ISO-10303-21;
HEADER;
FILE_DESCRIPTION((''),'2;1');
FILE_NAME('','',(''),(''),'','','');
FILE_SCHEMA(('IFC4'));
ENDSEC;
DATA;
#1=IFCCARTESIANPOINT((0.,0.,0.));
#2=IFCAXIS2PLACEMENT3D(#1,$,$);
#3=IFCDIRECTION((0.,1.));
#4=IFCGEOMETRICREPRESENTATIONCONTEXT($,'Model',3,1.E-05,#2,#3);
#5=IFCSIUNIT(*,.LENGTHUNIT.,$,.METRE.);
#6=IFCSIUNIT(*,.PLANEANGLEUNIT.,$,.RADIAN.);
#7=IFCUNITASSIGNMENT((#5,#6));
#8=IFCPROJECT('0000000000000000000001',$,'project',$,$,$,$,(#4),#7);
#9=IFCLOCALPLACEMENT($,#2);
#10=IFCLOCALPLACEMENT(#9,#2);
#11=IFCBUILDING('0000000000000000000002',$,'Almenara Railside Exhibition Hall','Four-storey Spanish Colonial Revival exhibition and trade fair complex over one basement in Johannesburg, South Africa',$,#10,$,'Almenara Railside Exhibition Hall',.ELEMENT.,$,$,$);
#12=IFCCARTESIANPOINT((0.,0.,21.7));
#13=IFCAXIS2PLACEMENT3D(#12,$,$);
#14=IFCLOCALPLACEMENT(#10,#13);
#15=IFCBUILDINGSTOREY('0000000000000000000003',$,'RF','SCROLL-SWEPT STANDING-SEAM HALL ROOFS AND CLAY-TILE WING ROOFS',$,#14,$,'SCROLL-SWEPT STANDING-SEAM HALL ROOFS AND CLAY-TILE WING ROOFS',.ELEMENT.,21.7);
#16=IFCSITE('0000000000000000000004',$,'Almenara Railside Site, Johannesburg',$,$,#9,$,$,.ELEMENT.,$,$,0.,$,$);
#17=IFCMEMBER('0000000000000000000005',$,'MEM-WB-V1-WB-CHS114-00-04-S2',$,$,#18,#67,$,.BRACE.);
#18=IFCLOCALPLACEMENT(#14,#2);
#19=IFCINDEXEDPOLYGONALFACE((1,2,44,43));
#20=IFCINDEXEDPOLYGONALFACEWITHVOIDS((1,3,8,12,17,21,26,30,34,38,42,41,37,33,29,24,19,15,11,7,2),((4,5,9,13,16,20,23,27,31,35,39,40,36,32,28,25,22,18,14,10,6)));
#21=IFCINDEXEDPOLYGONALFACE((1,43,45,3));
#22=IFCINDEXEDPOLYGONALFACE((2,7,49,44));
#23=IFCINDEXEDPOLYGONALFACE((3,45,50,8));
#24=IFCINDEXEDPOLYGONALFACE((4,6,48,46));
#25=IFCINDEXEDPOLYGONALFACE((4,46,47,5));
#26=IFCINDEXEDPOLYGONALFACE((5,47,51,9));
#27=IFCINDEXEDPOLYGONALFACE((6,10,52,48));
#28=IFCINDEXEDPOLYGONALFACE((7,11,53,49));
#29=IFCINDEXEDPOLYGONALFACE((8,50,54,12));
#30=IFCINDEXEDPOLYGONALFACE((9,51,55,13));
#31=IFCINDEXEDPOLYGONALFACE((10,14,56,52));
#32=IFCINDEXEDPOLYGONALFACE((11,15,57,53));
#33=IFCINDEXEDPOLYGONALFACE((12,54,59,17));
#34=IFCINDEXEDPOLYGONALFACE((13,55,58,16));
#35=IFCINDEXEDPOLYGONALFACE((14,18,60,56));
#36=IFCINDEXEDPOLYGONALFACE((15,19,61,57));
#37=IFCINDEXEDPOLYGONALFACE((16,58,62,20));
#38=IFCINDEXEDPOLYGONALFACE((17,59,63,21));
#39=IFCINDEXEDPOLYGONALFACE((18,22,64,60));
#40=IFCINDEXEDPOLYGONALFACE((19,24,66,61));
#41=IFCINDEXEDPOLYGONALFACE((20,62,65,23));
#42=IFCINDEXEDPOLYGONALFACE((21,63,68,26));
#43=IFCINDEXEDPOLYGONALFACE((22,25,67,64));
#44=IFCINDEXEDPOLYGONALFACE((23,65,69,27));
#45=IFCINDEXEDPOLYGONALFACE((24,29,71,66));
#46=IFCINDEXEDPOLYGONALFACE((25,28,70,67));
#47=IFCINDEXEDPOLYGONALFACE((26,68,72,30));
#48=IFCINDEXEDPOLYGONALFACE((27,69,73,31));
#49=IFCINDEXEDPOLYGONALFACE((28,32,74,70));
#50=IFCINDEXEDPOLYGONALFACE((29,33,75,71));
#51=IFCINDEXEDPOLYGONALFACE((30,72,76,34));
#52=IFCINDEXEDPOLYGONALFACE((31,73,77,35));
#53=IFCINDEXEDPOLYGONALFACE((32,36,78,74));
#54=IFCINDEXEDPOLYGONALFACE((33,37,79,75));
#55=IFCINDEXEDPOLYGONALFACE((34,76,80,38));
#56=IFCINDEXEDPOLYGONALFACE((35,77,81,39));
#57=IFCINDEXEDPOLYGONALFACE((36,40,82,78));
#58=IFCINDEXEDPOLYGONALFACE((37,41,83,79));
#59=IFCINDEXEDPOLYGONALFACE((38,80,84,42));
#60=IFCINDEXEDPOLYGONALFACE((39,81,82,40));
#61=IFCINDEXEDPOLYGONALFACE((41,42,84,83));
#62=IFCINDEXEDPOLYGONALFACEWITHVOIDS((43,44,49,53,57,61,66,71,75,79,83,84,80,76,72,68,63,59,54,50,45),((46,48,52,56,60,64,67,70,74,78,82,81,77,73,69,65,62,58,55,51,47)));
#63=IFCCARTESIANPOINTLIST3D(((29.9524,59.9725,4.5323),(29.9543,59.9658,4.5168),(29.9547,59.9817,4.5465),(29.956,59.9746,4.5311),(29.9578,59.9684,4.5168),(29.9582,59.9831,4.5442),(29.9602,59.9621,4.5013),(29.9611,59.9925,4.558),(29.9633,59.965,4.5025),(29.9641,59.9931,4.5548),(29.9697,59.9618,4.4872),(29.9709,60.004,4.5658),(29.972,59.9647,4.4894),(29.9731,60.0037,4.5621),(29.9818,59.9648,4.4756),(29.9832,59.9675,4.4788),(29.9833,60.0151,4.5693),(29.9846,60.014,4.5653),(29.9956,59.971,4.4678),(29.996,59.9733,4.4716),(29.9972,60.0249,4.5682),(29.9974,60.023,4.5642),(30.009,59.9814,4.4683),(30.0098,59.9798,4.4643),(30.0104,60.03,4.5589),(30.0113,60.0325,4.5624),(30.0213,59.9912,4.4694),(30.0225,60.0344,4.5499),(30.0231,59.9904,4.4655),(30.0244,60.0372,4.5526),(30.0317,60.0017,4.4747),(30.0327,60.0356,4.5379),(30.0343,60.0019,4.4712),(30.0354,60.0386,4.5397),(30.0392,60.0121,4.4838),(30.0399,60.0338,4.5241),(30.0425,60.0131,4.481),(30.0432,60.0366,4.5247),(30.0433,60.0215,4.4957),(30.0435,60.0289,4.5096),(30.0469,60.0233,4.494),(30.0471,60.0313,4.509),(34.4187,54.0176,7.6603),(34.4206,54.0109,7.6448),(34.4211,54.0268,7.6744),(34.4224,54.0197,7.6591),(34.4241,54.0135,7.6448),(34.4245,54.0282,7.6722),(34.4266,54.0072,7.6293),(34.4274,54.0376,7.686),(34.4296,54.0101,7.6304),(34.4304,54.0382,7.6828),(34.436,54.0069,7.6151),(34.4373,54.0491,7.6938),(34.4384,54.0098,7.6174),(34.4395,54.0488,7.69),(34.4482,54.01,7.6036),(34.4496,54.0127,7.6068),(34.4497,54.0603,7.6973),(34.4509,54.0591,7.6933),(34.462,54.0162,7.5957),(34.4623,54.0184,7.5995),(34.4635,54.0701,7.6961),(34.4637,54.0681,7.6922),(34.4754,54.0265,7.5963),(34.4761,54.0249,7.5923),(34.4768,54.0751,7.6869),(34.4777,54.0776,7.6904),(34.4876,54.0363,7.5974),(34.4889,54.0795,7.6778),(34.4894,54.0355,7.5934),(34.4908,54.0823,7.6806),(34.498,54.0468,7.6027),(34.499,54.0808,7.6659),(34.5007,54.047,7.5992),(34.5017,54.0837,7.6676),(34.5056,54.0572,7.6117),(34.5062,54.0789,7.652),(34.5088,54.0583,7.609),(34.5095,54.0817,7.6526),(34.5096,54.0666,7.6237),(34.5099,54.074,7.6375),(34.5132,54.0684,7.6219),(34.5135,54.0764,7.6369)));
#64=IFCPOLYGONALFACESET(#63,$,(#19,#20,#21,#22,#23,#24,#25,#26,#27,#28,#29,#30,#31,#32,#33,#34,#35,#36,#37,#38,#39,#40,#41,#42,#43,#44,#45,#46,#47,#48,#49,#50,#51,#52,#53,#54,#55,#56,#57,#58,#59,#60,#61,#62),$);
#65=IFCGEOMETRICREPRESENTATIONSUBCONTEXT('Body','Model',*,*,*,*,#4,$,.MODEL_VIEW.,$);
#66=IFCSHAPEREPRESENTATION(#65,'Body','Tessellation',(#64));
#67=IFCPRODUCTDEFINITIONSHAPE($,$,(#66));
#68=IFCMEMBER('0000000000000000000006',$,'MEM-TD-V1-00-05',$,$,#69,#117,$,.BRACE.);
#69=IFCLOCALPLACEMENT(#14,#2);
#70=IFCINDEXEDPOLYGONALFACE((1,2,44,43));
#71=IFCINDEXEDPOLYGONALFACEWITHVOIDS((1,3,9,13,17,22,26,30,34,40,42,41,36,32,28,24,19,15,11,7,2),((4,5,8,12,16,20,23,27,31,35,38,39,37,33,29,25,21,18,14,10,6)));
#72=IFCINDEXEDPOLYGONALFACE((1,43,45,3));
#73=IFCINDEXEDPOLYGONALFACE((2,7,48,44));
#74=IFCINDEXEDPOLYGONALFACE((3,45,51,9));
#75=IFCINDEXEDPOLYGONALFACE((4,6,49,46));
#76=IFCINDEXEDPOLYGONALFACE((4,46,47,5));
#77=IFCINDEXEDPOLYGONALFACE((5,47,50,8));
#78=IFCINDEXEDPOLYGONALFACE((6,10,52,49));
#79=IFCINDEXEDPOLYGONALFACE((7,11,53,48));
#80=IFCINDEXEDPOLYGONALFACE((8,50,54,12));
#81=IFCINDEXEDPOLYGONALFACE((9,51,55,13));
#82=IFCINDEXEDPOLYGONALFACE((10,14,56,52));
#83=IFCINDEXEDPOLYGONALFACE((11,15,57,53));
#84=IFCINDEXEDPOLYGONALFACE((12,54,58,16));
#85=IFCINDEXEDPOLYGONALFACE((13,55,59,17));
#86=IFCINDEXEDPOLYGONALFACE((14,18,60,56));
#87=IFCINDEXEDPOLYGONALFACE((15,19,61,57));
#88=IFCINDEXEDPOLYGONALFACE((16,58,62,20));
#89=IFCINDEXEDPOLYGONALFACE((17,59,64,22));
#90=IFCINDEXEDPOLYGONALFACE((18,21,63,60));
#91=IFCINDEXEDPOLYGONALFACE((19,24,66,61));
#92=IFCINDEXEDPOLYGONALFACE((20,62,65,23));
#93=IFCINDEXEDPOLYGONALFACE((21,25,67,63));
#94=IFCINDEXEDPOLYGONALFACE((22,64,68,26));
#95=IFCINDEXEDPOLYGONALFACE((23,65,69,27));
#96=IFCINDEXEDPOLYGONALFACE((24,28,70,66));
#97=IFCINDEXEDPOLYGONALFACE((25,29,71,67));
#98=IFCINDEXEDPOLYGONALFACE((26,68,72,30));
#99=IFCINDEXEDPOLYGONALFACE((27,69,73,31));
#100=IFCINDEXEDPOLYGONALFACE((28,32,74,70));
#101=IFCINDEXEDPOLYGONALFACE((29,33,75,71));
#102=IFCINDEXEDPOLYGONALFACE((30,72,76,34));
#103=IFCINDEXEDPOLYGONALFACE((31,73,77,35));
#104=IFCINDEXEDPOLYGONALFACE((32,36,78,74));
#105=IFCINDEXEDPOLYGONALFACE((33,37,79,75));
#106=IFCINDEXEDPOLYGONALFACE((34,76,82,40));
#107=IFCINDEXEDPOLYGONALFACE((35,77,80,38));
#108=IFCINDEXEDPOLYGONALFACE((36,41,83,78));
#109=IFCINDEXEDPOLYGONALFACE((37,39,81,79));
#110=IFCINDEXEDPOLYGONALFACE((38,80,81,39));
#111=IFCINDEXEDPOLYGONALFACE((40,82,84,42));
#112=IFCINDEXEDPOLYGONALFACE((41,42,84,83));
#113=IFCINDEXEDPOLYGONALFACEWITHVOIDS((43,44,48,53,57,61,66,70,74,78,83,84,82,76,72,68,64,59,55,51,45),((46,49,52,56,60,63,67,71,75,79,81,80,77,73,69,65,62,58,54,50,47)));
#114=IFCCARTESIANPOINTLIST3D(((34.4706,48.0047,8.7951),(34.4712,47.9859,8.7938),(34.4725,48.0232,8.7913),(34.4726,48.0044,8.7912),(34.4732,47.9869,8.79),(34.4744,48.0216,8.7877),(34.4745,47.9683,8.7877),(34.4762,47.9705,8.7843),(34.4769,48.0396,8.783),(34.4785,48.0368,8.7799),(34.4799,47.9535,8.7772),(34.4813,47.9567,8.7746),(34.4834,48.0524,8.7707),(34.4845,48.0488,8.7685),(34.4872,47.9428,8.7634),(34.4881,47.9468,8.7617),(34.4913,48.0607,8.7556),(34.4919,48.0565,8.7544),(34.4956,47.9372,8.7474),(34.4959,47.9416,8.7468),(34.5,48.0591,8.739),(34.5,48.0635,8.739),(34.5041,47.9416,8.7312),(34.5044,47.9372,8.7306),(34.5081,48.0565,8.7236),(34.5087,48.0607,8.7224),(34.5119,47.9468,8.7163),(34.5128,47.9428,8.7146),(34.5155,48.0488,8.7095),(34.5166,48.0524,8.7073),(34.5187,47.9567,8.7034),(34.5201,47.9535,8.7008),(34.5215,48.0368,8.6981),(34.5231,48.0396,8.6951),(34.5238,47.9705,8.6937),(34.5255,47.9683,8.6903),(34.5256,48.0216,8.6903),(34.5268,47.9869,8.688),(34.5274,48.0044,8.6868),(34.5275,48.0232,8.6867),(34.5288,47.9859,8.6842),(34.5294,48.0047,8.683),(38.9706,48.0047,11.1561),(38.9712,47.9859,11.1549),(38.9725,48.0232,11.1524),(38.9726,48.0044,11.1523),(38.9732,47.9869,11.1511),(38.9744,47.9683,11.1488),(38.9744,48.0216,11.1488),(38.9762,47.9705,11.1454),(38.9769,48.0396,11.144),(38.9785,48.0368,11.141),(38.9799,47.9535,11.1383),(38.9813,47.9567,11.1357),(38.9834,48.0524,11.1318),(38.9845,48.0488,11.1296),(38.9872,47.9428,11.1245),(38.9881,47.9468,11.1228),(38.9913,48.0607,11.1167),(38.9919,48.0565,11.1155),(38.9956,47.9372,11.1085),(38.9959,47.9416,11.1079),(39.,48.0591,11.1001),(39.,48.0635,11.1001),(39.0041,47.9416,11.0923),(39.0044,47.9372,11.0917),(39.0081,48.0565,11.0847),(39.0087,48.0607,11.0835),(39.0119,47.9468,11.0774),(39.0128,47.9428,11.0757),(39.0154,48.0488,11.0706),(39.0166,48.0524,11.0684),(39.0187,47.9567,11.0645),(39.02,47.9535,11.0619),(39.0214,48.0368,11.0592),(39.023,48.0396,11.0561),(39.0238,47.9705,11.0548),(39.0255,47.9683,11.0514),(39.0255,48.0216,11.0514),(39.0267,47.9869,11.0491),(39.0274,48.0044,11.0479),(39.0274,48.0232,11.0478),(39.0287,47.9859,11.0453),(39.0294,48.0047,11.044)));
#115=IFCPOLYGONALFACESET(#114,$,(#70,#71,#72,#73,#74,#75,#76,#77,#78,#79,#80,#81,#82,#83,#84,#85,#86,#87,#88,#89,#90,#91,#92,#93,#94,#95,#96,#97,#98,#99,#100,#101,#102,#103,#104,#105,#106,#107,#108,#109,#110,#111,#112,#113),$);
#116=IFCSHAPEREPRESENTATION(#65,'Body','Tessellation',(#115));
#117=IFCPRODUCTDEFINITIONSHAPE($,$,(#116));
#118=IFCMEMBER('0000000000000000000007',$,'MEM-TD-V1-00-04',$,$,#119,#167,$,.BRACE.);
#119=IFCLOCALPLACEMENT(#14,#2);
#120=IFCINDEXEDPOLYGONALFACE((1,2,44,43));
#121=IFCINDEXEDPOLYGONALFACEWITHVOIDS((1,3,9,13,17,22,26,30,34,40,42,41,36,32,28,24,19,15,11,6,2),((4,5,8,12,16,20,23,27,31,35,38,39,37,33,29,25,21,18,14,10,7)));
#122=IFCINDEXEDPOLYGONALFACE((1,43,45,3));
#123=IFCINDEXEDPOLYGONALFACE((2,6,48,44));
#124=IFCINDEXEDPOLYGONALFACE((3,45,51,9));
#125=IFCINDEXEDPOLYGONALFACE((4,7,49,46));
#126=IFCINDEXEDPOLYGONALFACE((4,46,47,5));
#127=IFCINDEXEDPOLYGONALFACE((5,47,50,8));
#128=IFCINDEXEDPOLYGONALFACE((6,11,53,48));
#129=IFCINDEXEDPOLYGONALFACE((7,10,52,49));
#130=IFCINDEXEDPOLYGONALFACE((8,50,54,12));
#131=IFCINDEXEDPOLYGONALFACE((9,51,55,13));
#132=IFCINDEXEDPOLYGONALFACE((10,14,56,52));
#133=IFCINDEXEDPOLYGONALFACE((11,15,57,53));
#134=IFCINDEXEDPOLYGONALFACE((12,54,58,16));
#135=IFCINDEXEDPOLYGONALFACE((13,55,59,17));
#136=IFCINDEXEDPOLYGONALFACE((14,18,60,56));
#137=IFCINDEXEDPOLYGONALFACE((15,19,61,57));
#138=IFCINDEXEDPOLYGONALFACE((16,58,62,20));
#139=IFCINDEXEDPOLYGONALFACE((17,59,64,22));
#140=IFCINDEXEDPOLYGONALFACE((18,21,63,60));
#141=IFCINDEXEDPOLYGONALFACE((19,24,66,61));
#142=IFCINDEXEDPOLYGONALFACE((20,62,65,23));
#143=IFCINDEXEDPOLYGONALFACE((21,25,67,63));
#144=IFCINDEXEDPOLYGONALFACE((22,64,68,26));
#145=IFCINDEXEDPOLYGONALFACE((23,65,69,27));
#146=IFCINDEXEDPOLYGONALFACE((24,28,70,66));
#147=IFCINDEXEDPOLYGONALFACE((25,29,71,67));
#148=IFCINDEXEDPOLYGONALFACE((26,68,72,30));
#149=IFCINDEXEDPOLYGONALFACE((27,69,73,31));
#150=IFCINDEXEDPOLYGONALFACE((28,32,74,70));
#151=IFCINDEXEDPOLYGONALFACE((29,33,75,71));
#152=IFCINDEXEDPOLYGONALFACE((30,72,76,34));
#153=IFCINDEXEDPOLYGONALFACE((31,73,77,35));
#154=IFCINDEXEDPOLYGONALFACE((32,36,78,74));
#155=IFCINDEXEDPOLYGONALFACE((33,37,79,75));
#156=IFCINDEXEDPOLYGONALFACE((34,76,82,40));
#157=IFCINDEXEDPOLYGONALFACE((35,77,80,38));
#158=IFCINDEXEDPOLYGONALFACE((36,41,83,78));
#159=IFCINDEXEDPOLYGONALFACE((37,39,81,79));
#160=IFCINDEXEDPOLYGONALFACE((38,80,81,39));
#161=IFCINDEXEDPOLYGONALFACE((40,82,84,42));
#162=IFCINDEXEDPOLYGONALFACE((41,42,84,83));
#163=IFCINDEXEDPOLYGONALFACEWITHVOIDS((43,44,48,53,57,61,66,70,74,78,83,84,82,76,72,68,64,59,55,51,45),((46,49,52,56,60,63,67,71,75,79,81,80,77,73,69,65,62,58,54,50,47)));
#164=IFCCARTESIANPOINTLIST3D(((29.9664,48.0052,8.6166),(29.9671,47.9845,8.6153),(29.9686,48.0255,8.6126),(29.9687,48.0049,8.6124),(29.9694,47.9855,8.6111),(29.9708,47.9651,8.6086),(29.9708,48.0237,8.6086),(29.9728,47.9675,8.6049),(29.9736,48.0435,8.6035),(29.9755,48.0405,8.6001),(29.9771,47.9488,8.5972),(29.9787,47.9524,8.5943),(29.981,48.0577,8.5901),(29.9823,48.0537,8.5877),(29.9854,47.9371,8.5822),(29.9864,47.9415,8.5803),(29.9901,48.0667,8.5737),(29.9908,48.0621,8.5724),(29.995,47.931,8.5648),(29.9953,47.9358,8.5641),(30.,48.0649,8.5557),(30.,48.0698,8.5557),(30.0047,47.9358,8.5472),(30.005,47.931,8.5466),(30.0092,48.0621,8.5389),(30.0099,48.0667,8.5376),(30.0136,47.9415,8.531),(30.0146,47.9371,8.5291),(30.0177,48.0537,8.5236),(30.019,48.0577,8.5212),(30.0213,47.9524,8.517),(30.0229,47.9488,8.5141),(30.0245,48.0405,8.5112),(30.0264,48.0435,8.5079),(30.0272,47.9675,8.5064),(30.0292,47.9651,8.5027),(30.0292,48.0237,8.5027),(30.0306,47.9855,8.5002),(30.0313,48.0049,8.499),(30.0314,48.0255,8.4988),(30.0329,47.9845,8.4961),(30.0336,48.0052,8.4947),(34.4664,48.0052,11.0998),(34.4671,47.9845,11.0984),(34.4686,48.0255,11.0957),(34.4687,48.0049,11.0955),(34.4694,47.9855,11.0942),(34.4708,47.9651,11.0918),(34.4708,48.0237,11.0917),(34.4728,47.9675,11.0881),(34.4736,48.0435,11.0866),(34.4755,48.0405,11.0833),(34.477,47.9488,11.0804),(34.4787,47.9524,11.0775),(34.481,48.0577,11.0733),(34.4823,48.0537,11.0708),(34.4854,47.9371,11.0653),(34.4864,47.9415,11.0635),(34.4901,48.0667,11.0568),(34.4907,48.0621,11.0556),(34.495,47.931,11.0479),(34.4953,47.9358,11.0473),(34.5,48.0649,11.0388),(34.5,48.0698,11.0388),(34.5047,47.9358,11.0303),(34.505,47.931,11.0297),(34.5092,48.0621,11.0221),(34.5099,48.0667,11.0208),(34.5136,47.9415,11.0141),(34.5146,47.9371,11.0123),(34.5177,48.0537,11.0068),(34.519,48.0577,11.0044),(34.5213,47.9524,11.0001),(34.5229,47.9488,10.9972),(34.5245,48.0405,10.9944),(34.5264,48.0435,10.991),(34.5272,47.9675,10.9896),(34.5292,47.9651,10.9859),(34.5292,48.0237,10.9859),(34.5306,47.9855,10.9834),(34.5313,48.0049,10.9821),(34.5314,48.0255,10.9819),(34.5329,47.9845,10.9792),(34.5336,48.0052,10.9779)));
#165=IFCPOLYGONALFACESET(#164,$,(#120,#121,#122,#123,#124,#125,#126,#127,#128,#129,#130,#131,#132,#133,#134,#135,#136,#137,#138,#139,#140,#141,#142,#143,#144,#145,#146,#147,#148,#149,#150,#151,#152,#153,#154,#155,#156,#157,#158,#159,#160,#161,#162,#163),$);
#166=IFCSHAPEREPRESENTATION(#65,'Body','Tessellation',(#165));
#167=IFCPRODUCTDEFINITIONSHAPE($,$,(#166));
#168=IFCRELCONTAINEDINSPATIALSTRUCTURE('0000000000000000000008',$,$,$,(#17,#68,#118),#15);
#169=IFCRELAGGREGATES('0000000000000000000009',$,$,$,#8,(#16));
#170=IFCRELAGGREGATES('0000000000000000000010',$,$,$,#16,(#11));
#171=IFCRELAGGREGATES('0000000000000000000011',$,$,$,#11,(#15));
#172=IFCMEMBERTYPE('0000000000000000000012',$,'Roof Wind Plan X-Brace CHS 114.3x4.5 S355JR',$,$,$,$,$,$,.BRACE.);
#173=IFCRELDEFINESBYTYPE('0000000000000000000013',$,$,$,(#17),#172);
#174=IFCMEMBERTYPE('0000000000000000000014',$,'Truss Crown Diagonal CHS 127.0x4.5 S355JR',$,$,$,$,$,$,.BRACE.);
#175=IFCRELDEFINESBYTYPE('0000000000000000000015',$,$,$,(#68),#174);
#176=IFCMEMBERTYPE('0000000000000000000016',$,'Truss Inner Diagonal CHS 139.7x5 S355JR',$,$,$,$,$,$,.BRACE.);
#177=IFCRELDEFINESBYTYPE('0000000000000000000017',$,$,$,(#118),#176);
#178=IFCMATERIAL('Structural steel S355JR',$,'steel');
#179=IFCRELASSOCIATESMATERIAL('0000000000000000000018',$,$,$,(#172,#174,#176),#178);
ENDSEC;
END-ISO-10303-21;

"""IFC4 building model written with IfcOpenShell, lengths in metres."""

from ifc_helpers import new_model, si_unit, direction, frame, origin, origin_2d, place, context, subcontext, project, spatial, hollow_circle, extrude, material, material_profile, profile_set, type_object, element, save


model = new_model("IFC4")

# Units and contexts
model_context = context("Model", 3, precision=1e-05, world=origin(), true_north=direction((0.0, 1.0)))
body_context = subcontext(model_context, "Body", "Model", "MODEL_VIEW")
ifc_project = project(units=[si_unit("LENGTHUNIT", "METRE"), si_unit("PLANEANGLEUNIT", "RADIAN")], contexts=[model_context])

# Site, building, storey
site_placement = place(None, origin())
site = spatial("IfcSite", under=ifc_project, at=site_placement, Name="Almenara Railside Site, Johannesburg", CompositionType="ELEMENT", RefElevation=0.0)
building_placement = place(site_placement, origin())
building = spatial("IfcBuilding", under=site, at=building_placement, Name="Almenara Railside Exhibition Hall", Description="Four-storey Spanish Colonial Revival exhibition and trade fair complex over one basement in Johannesburg, South Africa", LongName="Almenara Railside Exhibition Hall", CompositionType="ELEMENT")
storey_placement = place(building_placement, frame((0.0, 0.0, 21.7)))
storey = spatial("IfcBuildingStorey", under=building, at=storey_placement, Name="RF", Description="SCROLL-SWEPT STANDING-SEAM HALL ROOFS AND CLAY-TILE WING ROOFS", LongName="SCROLL-SWEPT STANDING-SEAM HALL ROOFS AND CLAY-TILE WING ROOFS", CompositionType="ELEMENT", Elevation=21.7)

# Shared definitions
ifc_material_1 = material(Name="Structural steel S355JR", Category="steel")

# Members
ifc_material_profile_1 = material_profile(ifc_material_1, hollow_circle(Radius=0.0571, WallThickness=0.0044, at=origin_2d()), Name="CHS 114.3x4.5")
ifc_profile_set_1 = profile_set([ifc_material_profile_1], Name="Structural steel S355JR")
member_type_1 = type_object("IfcMemberType", Name="Roof Wind Plan X-Brace CHS 114.3x4.5 S355JR", PredefinedType="BRACE", material=ifc_profile_set_1)
member_1_placement = place(storey_placement, frame((34.4663, 54.0452, 7.6448), z_axis=(-0.553161, 0.737518, -0.3874), x_axis=(-0.799988, -0.600016, 0.0)))
element("IfcMember", 1, at=member_1_placement, inside=storey, type_object=member_type_1, Name="MEM-WB-V1-WB-CHS114-00-04-S2", PredefinedType="BRACE", context=body_context, shape_type="SweptSolid", body=[
    extrude(hollow_circle(Radius=0.0571, WallThickness=0.0044, at=origin_2d()), origin(), (0.0, 0.0, 1.0), 8.0742),
])
ifc_material_profile_2 = material_profile(ifc_material_1, hollow_circle(Radius=0.0635, WallThickness=0.0044, at=origin_2d()), Name="CHS 127.0x4.5")
ifc_profile_set_2 = profile_set([ifc_material_profile_2], Name="Structural steel S355JR")
member_type_2 = type_object("IfcMemberType", Name="Truss Crown Diagonal CHS 127.0x4.5 S355JR", PredefinedType="BRACE", material=ifc_profile_set_2)
member_2_placement = place(storey_placement, frame((34.5, 48.0, 8.739), z_axis=(0.885513, 0.0, 0.464615), x_axis=(0.0, 1.0, 0.0)))
element("IfcMember", 2, at=member_2_placement, inside=storey, type_object=member_type_2, Name="MEM-TD-V1-00-05", PredefinedType="BRACE", context=body_context, shape_type="SweptSolid", body=[
    extrude(hollow_circle(Radius=0.0635, WallThickness=0.0044, at=origin_2d()), origin(), (0.0, 0.0, 1.0), 5.0818),
])
ifc_material_profile_3 = material_profile(ifc_material_1, hollow_circle(Radius=0.0698, WallThickness=0.0049, at=origin_2d()), Name="CHS 139.7x5")
ifc_profile_set_3 = profile_set([ifc_material_profile_3], Name="Structural steel S355JR")
member_type_3 = type_object("IfcMemberType", Name="Truss Inner Diagonal CHS 139.7x5 S355JR", PredefinedType="BRACE", material=ifc_profile_set_3)
member_3_placement = place(storey_placement, frame((30.0, 48.0, 8.5557), z_axis=(0.875545, 0.0, 0.483136), x_axis=(0.0, 1.0, 0.0)))
element("IfcMember", 3, at=member_3_placement, inside=storey, type_object=member_type_3, Name="MEM-TD-V1-00-04", PredefinedType="BRACE", context=body_context, shape_type="SweptSolid", body=[
    extrude(hollow_circle(Radius=0.0698, WallThickness=0.0049, at=origin_2d()), origin(), (0.0, 0.0, 1.0), 5.1396),
])

save(model, "model.ifc")
